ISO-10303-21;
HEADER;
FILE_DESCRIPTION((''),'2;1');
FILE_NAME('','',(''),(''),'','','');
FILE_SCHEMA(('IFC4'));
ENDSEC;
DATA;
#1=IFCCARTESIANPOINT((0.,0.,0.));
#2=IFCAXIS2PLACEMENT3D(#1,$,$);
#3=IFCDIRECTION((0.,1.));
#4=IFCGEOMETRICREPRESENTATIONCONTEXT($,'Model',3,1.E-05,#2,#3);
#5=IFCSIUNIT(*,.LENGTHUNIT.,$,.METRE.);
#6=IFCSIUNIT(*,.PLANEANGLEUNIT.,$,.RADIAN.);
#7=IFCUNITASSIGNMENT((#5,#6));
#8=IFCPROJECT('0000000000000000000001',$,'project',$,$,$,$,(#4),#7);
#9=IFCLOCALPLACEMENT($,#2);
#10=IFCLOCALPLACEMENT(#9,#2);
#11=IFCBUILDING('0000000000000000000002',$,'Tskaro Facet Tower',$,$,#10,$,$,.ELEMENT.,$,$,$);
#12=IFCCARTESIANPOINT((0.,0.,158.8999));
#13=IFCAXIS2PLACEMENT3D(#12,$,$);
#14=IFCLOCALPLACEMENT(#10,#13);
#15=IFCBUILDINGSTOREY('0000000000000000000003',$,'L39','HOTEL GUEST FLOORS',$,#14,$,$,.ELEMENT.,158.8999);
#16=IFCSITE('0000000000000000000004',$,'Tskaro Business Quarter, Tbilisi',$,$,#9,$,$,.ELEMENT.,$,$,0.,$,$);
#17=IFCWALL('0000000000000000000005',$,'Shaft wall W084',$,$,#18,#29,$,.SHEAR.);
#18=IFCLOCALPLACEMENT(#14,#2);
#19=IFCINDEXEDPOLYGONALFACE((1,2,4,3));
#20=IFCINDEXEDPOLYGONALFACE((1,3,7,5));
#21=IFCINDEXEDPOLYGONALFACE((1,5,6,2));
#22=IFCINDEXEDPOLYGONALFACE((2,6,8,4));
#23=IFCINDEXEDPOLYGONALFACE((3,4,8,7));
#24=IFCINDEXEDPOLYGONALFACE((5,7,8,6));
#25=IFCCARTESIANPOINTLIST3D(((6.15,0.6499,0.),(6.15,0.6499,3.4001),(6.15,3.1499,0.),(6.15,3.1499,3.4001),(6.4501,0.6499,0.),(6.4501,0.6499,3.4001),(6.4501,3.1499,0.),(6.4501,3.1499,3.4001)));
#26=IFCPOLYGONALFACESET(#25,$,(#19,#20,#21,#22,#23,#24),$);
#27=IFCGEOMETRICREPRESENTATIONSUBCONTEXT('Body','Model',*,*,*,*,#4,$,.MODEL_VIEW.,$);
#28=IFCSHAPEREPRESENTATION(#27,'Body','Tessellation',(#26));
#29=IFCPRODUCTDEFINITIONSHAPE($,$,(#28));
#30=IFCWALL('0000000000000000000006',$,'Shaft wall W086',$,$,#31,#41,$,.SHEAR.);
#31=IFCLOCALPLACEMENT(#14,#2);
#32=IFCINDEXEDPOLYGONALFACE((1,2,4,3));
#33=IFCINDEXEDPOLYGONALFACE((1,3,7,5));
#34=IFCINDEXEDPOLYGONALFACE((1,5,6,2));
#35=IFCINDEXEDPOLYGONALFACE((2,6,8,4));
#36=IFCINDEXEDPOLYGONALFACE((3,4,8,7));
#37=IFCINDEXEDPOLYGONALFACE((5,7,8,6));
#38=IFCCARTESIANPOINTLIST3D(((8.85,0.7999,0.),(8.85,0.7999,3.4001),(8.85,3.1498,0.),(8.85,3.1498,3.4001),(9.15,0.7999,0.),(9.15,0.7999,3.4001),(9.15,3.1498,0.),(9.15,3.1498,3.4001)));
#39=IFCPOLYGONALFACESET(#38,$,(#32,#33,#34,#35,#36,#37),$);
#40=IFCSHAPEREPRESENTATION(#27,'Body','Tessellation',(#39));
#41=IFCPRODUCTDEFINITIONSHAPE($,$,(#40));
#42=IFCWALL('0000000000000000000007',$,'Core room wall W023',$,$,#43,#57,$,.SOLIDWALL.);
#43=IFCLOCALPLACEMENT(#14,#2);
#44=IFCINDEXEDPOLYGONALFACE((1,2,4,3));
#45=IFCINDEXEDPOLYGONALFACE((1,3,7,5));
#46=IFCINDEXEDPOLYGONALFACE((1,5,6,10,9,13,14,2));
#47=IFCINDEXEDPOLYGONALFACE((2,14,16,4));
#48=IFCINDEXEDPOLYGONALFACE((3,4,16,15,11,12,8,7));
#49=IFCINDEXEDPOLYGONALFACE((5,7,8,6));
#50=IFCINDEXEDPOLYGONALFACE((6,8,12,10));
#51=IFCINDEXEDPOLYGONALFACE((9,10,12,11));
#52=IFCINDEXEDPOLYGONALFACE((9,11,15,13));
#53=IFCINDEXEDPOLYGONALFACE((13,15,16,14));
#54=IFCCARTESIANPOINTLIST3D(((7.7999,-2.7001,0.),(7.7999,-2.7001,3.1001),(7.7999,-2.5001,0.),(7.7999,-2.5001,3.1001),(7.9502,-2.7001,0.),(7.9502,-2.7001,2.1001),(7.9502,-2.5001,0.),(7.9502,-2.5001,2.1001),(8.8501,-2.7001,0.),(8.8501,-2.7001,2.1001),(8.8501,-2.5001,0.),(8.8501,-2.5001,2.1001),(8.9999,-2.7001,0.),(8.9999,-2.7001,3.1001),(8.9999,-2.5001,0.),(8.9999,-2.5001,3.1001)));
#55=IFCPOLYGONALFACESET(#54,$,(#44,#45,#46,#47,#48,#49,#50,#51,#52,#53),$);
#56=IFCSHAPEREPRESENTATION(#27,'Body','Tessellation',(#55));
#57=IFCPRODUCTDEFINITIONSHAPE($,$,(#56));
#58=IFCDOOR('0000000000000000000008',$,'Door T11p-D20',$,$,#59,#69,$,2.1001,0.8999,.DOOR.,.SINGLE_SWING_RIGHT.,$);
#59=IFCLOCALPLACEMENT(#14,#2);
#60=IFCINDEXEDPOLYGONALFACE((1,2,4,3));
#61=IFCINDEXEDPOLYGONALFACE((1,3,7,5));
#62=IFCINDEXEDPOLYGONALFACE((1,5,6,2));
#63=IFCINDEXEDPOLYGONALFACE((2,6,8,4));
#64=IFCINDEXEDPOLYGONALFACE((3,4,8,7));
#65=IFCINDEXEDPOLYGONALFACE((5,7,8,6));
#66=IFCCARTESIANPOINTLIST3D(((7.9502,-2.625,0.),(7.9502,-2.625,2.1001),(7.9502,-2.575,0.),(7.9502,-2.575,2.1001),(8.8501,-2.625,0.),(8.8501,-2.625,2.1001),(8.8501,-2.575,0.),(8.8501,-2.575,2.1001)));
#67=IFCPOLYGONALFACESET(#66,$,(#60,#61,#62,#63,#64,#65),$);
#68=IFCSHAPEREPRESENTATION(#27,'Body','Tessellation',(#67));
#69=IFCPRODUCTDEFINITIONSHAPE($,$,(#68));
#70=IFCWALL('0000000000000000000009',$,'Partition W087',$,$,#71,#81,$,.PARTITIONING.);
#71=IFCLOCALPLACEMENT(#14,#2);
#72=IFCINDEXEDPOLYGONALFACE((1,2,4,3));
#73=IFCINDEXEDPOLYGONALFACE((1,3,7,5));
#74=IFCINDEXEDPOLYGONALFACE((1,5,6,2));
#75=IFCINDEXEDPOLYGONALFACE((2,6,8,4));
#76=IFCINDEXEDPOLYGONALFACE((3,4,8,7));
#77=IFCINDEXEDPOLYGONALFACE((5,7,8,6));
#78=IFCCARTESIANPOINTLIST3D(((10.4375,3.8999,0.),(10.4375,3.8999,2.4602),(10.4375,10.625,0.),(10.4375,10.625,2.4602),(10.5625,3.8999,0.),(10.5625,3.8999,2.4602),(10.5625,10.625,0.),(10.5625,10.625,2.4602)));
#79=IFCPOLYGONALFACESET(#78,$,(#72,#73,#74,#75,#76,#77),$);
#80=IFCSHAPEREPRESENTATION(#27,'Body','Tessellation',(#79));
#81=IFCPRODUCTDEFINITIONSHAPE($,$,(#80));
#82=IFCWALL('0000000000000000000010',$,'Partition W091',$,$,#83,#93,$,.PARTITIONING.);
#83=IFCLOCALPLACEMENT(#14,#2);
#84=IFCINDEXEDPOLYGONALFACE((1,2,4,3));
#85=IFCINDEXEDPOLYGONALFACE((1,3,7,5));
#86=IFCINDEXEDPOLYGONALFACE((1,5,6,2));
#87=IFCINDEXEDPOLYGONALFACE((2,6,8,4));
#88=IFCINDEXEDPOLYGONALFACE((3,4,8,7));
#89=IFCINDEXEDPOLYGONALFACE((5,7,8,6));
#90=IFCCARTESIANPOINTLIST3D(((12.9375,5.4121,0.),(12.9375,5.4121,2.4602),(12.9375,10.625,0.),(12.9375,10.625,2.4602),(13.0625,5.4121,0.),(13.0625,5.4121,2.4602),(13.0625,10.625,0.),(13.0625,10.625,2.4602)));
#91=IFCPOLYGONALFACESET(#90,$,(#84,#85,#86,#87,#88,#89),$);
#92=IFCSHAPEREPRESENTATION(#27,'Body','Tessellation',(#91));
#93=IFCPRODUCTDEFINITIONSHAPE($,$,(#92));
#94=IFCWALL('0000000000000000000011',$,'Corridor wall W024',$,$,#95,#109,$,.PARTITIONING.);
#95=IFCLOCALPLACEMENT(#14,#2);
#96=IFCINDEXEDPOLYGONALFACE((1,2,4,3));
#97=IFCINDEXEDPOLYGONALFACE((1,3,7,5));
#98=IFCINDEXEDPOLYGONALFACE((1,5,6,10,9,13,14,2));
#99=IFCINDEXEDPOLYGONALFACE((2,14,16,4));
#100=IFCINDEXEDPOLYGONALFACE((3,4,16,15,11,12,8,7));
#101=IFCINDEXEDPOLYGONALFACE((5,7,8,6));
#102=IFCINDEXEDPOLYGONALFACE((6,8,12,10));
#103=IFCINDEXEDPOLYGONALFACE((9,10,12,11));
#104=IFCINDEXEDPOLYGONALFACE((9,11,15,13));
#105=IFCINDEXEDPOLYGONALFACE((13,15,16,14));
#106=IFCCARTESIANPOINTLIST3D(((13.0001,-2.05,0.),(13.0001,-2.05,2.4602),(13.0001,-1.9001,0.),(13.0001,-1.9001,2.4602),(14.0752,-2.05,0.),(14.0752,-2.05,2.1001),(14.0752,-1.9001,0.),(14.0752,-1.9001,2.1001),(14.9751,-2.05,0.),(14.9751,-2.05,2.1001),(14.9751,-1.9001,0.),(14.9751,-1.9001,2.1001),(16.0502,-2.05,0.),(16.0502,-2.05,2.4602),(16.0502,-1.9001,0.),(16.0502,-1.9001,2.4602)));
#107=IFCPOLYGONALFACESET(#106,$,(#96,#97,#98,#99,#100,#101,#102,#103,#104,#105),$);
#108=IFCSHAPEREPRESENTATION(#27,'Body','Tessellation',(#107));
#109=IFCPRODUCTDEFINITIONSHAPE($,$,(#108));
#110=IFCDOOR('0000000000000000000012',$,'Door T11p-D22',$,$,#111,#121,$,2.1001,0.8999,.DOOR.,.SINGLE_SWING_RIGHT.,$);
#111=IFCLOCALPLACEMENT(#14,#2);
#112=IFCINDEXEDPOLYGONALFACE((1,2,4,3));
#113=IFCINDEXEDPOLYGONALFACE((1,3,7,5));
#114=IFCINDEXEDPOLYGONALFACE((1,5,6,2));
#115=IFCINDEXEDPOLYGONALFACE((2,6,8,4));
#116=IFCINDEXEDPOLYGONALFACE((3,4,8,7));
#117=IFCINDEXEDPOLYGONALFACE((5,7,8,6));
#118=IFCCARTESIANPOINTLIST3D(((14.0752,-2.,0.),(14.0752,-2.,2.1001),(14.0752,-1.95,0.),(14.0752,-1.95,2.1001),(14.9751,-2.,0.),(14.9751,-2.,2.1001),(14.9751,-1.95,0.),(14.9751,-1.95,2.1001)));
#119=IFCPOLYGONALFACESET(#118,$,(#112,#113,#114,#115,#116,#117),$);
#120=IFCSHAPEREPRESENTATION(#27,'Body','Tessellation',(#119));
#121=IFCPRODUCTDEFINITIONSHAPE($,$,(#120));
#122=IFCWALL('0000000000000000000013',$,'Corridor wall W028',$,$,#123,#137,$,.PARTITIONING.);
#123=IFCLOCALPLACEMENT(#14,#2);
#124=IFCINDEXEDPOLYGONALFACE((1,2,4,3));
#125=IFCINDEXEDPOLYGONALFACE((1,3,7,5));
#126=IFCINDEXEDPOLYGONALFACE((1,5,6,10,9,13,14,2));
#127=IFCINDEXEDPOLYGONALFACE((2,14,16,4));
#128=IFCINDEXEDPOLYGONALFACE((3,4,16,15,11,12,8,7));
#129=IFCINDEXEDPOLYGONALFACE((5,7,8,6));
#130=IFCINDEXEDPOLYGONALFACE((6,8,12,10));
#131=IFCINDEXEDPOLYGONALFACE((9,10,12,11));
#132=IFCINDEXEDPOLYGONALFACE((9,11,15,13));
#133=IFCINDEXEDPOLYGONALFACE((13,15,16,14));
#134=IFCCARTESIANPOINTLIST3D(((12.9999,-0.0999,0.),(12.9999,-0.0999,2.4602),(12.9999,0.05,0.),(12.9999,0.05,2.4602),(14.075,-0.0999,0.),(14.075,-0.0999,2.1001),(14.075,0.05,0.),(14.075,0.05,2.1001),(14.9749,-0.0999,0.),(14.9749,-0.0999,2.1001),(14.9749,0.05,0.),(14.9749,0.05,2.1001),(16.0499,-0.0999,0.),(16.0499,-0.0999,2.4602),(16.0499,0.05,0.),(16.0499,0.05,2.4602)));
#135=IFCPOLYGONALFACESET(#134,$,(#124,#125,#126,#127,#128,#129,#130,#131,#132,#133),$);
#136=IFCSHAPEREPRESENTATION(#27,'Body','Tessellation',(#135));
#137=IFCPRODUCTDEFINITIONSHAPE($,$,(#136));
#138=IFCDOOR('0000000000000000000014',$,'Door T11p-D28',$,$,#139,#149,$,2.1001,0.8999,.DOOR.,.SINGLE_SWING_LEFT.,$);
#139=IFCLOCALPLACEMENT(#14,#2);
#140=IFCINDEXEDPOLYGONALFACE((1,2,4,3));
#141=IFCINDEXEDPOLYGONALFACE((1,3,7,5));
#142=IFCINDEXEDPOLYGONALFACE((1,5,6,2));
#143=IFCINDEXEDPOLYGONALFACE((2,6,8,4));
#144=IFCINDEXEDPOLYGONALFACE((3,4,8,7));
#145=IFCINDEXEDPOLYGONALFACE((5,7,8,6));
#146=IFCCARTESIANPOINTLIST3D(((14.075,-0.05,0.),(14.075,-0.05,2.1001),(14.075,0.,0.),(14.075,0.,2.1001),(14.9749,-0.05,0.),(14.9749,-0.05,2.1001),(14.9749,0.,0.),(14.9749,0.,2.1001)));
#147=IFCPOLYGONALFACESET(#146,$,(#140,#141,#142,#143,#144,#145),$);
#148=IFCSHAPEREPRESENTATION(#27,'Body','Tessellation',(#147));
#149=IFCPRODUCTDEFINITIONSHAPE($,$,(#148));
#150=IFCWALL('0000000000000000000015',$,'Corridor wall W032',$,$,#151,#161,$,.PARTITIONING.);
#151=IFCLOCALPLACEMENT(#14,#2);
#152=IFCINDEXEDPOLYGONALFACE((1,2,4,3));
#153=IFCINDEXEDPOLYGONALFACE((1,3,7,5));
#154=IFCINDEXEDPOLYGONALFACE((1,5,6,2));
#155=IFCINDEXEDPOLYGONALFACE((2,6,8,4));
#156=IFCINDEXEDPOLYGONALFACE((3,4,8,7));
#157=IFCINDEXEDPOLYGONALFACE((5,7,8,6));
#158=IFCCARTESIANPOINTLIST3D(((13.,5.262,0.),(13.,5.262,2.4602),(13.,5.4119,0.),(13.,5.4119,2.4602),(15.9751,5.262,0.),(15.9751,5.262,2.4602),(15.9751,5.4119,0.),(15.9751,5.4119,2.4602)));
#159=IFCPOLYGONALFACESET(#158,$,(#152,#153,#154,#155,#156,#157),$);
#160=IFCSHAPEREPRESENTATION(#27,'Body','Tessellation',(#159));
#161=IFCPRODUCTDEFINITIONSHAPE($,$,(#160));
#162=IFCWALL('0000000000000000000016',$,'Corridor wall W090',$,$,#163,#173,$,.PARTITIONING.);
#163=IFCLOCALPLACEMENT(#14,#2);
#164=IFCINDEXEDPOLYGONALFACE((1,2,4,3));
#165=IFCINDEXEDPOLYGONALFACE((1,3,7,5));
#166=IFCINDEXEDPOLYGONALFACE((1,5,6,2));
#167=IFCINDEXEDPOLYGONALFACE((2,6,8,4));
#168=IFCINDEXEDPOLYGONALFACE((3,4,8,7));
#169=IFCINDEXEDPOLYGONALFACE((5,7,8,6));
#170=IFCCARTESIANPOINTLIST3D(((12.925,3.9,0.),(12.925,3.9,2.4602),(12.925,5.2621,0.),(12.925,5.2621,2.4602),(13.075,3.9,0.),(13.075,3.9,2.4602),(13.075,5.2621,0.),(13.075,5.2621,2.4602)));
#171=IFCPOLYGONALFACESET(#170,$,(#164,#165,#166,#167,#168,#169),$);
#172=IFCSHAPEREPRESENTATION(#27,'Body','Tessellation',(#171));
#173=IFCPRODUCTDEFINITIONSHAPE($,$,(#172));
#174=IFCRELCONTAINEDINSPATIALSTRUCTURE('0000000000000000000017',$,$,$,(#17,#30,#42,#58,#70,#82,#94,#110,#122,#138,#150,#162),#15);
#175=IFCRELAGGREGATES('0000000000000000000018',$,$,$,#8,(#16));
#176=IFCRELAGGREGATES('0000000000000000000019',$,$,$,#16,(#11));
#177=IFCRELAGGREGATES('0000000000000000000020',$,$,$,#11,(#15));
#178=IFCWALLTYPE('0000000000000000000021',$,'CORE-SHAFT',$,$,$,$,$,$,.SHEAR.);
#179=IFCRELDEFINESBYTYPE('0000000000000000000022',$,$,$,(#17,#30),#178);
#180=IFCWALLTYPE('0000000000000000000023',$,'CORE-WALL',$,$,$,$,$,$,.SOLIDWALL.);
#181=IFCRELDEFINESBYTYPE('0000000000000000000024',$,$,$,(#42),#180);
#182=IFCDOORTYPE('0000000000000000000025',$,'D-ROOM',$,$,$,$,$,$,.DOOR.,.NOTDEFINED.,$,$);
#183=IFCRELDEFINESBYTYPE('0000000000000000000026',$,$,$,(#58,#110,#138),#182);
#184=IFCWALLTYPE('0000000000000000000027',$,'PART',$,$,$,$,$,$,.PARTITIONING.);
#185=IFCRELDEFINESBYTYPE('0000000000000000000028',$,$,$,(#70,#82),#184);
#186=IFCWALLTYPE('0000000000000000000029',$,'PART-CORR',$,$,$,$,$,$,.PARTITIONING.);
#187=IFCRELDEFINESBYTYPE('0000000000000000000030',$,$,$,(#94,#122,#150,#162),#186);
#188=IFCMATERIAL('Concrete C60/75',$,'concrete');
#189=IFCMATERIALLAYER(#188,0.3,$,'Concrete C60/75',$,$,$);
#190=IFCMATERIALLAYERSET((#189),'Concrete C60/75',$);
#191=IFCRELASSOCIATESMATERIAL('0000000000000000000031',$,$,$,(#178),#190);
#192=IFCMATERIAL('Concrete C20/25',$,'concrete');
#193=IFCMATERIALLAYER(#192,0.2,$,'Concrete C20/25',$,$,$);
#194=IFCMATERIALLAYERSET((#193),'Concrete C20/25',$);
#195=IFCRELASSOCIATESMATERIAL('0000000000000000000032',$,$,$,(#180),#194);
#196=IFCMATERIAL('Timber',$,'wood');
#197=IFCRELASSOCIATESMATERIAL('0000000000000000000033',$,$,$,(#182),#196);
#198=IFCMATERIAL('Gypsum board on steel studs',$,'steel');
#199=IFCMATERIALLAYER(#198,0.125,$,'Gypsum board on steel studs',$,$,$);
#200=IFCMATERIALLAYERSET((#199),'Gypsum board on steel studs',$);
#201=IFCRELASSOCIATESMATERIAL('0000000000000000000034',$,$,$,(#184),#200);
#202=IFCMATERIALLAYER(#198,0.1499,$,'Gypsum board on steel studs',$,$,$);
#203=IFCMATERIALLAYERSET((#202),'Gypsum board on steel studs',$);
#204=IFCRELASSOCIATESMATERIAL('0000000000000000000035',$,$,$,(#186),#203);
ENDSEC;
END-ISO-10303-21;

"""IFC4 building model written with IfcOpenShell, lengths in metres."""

from ifc_helpers import new_model, si_unit, direction, frame, frame_2d, origin, place, context, subcontext, project, spatial, rectangle, extrude, material, layer, layer_set, type_object, element, fill, save


model = new_model("IFC4")

# Units and contexts
model_context = context("Model", 3, precision=1e-05, world=origin(), true_north=direction((0.0, 1.0)))
body_context = subcontext(model_context, "Body", "Model", "MODEL_VIEW")
ifc_project = project(units=[si_unit("LENGTHUNIT", "METRE"), si_unit("PLANEANGLEUNIT", "RADIAN")], contexts=[model_context])

# Site, building, storey
site_placement = place(None, origin())
site = spatial("IfcSite", under=ifc_project, at=site_placement, Name="Tskaro Business Quarter, Tbilisi", CompositionType="ELEMENT", RefElevation=0.0)
building_placement = place(site_placement, origin())
building = spatial("IfcBuilding", under=site, at=building_placement, Name="Tskaro Facet Tower", CompositionType="ELEMENT")
storey_placement = place(building_placement, frame((0.0, 0.0, 158.8999)))
storey = spatial("IfcBuildingStorey", under=building, at=storey_placement, Name="L39", Description="HOTEL GUEST FLOORS", CompositionType="ELEMENT", Elevation=158.8999)

# Walls
ifc_material_1 = material(Name="Concrete C60/75", Category="concrete")
ifc_layer_1 = layer(ifc_material_1, 0.3, Name="Concrete C60/75")
ifc_layer_set_1 = layer_set([ifc_layer_1], Name="Concrete C60/75")
wall_type_1 = type_object("IfcWallType", Name="CORE-SHAFT", PredefinedType="SHEAR", material=ifc_layer_set_1)
for number, where, z_axis, x_axis, name in (
    (1, (6.3, 0.6499, 0.0), (0.0, 0.0, 1.0), (0.0, 1.0, 0.0), "Shaft wall W084"),
):
    element("IfcWall", number, at=place(storey_placement, frame(where, z_axis=z_axis, x_axis=x_axis)), inside=storey, type_object=wall_type_1, Name=name, PredefinedType="SHEAR", context=body_context, shape_type="SweptSolid", body=[
        extrude(rectangle(XDim=2.5, YDim=0.3, at=frame_2d((1.25, 0.0))), origin(), (0.0, 0.0, 1.0), 3.4001),
    ])
wall_1_placement = place(storey_placement, frame((9.0, 0.8, 0.0), z_axis=(0.0, 0.0, 1.0), x_axis=(0.0, 1.0, 0.0)))
element("IfcWall", 2, at=wall_1_placement, inside=storey, type_object=wall_type_1, Name="Shaft wall W086", PredefinedType="SHEAR", context=body_context, shape_type="SweptSolid", body=[
    extrude(rectangle(XDim=2.3499, YDim=0.3, at=frame_2d((1.1748, 0.0))), origin(), (0.0, 0.0, 1.0), 3.4001),
])

# Wall, opening, door
ifc_material_2 = material(Name="Concrete C20/25", Category="concrete")
ifc_layer_2 = layer(ifc_material_2, 0.2, Name="Concrete C20/25")
ifc_layer_set_2 = layer_set([ifc_layer_2], Name="Concrete C20/25")
wall_type_2 = type_object("IfcWallType", Name="CORE-WALL", PredefinedType="SOLIDWALL", material=ifc_layer_set_2)
wall_2_placement = place(storey_placement, frame((9.0, -2.6001, 0.0), z_axis=(0.0, 0.0, 1.0), x_axis=(-1.0, 0.0, 0.0)))
wall_2 = element("IfcWall", 3, at=wall_2_placement, inside=storey, type_object=wall_type_2, Name="Core room wall W023", PredefinedType="SOLIDWALL", context=body_context, shape_type="SweptSolid", body=[
    extrude(rectangle(XDim=1.2, YDim=0.2, at=frame_2d((0.6001, 0.0))), origin(), (0.0, 0.0, 1.0), 3.1001),
])
opening_1_placement = place(wall_2_placement, frame((0.1499, 0.0, 0.0)))
opening_1 = element("IfcOpeningElement", 4, at=opening_1_placement, cuts=wall_2, PredefinedType="OPENING", context=body_context, shape_type="SweptSolid", body=[
    extrude(rectangle(XDim=0.8999, YDim=2.1001, at=frame_2d((0.45, 1.05))), frame((0.0, 0.1099, 0.0), z_axis=(0.0, -1.0, 0.0), x_axis=(1.0, 0.0, 0.0)), (0.0, 0.0, 1.0), 0.22),
])
ifc_material_3 = material(Name="Timber", Category="wood")
door_type_1 = type_object("IfcDoorType", Name="D-ROOM", OperationType="NOTDEFINED", PredefinedType="DOOR", material=ifc_material_3)
door_1_placement = place(opening_1_placement, origin())
door_1 = element("IfcDoor", 5, at=door_1_placement, inside=storey, type_object=door_type_1, Name="Door T11p-D20", OperationType="SINGLE_SWING_RIGHT", OverallHeight=2.1001, OverallWidth=0.8999, PredefinedType="DOOR", context=body_context, shape_type="SweptSolid", body=[
    extrude(rectangle(XDim=0.8999, YDim=2.1001, at=frame_2d((0.45, 1.05))), frame((0.0, 0.0249, 0.0), z_axis=(0.0, -1.0, 0.0), x_axis=(1.0, 0.0, 0.0)), (0.0, 0.0, 1.0), 0.05),
])
fill(opening_1, door_1)

# Walls
ifc_material_4 = material(Name="Gypsum board on steel studs", Category="steel")
ifc_layer_3 = layer(ifc_material_4, 0.125, Name="Gypsum board on steel studs")
ifc_layer_set_3 = layer_set([ifc_layer_3], Name="Gypsum board on steel studs")
wall_type_3 = type_object("IfcWallType", Name="PART", PredefinedType="PARTITIONING", material=ifc_layer_set_3)
wall_3_placement = place(storey_placement, frame((10.5, 3.8999, 0.0), z_axis=(0.0, 0.0, 1.0), x_axis=(0.0, 1.0, 0.0)))
element("IfcWall", 6, at=wall_3_placement, inside=storey, type_object=wall_type_3, Name="Partition W087", PredefinedType="PARTITIONING", context=body_context, shape_type="SweptSolid", body=[
    extrude(rectangle(XDim=6.7251, YDim=0.125, at=frame_2d((3.3625, 0.0))), origin(), (0.0, 0.0, 1.0), 2.4602),
])
wall_4_placement = place(storey_placement, frame((13.0, 5.4121, 0.0), z_axis=(0.0, 0.0, 1.0), x_axis=(0.0, 1.0, 0.0)))
element("IfcWall", 7, at=wall_4_placement, inside=storey, type_object=wall_type_3, Name="Partition W091", PredefinedType="PARTITIONING", context=body_context, shape_type="SweptSolid", body=[
    extrude(rectangle(XDim=5.2129, YDim=0.125, at=frame_2d((2.6064, 0.0))), origin(), (0.0, 0.0, 1.0), 2.4602),
])

# Walls, openings, doors
ifc_layer_4 = layer(ifc_material_4, 0.1499, Name="Gypsum board on steel studs")
ifc_layer_set_4 = layer_set([ifc_layer_4], Name="Gypsum board on steel studs")
wall_type_4 = type_object("IfcWallType", Name="PART-CORR", PredefinedType="PARTITIONING", material=ifc_layer_set_4)
wall_5_placement = place(storey_placement, frame((16.05, -1.9751, 0.0), z_axis=(0.0, 0.0, 1.0), x_axis=(-1.0, 0.0, 0.0)))
wall_5 = element("IfcWall", 8, at=wall_5_placement, inside=storey, type_object=wall_type_4, Name="Corridor wall W024", PredefinedType="PARTITIONING", context=body_context, shape_type="SweptSolid", body=[
    extrude(rectangle(XDim=3.05, YDim=0.1499, at=frame_2d((1.5249, 0.0))), origin(), (0.0, 0.0, 1.0), 2.4602),
])
opening_2_placement = place(wall_5_placement, frame((1.075, 0.0, 0.0)))
opening_2 = element("IfcOpeningElement", 9, at=opening_2_placement, cuts=wall_5, PredefinedType="OPENING", context=body_context, shape_type="SweptSolid", body=[
    extrude(rectangle(XDim=0.8999, YDim=2.1001, at=frame_2d((0.45, 1.05))), frame((0.0, 0.085, 0.0), z_axis=(0.0, -1.0, 0.0), x_axis=(1.0, 0.0, 0.0)), (0.0, 0.0, 1.0), 0.1699),
])
door_2_placement = place(opening_2_placement, origin())
door_2 = element("IfcDoor", 10, at=door_2_placement, inside=storey, type_object=door_type_1, Name="Door T11p-D22", OperationType="SINGLE_SWING_RIGHT", OverallHeight=2.1001, OverallWidth=0.8999, PredefinedType="DOOR", context=body_context, shape_type="SweptSolid", body=[
    extrude(rectangle(XDim=0.8999, YDim=2.1001, at=frame_2d((0.45, 1.05))), frame((0.0, 0.0249, 0.0), z_axis=(0.0, -1.0, 0.0), x_axis=(1.0, 0.0, 0.0)), (0.0, 0.0, 1.0), 0.05),
])
fill(opening_2, door_2)
wall_6_placement = place(storey_placement, frame((13.0, -0.0249, 0.0), z_axis=(0.0, 0.0, 1.0), x_axis=(1.0, 0.0, 0.0)))
wall_6 = element("IfcWall", 11, at=wall_6_placement, inside=storey, type_object=wall_type_4, Name="Corridor wall W028", PredefinedType="PARTITIONING", context=body_context, shape_type="SweptSolid", body=[
    extrude(rectangle(XDim=3.05, YDim=0.1499, at=frame_2d((1.5249, 0.0))), origin(), (0.0, 0.0, 1.0), 2.4602),
])
opening_3_placement = place(wall_6_placement, frame((1.075, 0.0, 0.0)))
opening_3 = element("IfcOpeningElement", 12, at=opening_3_placement, cuts=wall_6, PredefinedType="OPENING", context=body_context, shape_type="SweptSolid", body=[
    extrude(rectangle(XDim=0.8999, YDim=2.1001, at=frame_2d((0.45, 1.05))), frame((0.0, 0.085, 0.0), z_axis=(0.0, -1.0, 0.0), x_axis=(1.0, 0.0, 0.0)), (0.0, 0.0, 1.0), 0.1699),
])
door_3_placement = place(opening_3_placement, origin())
door_3 = element("IfcDoor", 13, at=door_3_placement, inside=storey, type_object=door_type_1, Name="Door T11p-D28", OperationType="SINGLE_SWING_LEFT", OverallHeight=2.1001, OverallWidth=0.8999, PredefinedType="DOOR", context=body_context, shape_type="SweptSolid", body=[
    extrude(rectangle(XDim=0.8999, YDim=2.1001, at=frame_2d((0.45, 1.05))), frame((0.0, 0.0249, 0.0), z_axis=(0.0, -1.0, 0.0), x_axis=(1.0, 0.0, 0.0)), (0.0, 0.0, 1.0), 0.05),
])
fill(opening_3, door_3)

# Walls
wall_7_placement = place(storey_placement, frame((13.0, 5.3369, 0.0), z_axis=(0.0, 0.0, 1.0), x_axis=(1.0, 0.0, 0.0)))
element("IfcWall", 14, at=wall_7_placement, inside=storey, type_object=wall_type_4, Name="Corridor wall W032", PredefinedType="PARTITIONING", context=body_context, shape_type="SweptSolid", body=[
    extrude(rectangle(XDim=2.9751, YDim=0.1499, at=frame_2d((1.4875, 0.0))), origin(), (0.0, 0.0, 1.0), 2.4602),
])
wall_8_placement = place(storey_placement, frame((13.0, 3.8999, 0.0), z_axis=(0.0, 0.0, 1.0), x_axis=(0.0, 1.0, 0.0)))
element("IfcWall", 15, at=wall_8_placement, inside=storey, type_object=wall_type_4, Name="Corridor wall W090", PredefinedType="PARTITIONING", context=body_context, shape_type="SweptSolid", body=[
    extrude(rectangle(XDim=1.3621, YDim=0.1499, at=frame_2d((0.6812, 0.0))), origin(), (0.0, 0.0, 1.0), 2.4602),
])

save(model, "model.ifc")
